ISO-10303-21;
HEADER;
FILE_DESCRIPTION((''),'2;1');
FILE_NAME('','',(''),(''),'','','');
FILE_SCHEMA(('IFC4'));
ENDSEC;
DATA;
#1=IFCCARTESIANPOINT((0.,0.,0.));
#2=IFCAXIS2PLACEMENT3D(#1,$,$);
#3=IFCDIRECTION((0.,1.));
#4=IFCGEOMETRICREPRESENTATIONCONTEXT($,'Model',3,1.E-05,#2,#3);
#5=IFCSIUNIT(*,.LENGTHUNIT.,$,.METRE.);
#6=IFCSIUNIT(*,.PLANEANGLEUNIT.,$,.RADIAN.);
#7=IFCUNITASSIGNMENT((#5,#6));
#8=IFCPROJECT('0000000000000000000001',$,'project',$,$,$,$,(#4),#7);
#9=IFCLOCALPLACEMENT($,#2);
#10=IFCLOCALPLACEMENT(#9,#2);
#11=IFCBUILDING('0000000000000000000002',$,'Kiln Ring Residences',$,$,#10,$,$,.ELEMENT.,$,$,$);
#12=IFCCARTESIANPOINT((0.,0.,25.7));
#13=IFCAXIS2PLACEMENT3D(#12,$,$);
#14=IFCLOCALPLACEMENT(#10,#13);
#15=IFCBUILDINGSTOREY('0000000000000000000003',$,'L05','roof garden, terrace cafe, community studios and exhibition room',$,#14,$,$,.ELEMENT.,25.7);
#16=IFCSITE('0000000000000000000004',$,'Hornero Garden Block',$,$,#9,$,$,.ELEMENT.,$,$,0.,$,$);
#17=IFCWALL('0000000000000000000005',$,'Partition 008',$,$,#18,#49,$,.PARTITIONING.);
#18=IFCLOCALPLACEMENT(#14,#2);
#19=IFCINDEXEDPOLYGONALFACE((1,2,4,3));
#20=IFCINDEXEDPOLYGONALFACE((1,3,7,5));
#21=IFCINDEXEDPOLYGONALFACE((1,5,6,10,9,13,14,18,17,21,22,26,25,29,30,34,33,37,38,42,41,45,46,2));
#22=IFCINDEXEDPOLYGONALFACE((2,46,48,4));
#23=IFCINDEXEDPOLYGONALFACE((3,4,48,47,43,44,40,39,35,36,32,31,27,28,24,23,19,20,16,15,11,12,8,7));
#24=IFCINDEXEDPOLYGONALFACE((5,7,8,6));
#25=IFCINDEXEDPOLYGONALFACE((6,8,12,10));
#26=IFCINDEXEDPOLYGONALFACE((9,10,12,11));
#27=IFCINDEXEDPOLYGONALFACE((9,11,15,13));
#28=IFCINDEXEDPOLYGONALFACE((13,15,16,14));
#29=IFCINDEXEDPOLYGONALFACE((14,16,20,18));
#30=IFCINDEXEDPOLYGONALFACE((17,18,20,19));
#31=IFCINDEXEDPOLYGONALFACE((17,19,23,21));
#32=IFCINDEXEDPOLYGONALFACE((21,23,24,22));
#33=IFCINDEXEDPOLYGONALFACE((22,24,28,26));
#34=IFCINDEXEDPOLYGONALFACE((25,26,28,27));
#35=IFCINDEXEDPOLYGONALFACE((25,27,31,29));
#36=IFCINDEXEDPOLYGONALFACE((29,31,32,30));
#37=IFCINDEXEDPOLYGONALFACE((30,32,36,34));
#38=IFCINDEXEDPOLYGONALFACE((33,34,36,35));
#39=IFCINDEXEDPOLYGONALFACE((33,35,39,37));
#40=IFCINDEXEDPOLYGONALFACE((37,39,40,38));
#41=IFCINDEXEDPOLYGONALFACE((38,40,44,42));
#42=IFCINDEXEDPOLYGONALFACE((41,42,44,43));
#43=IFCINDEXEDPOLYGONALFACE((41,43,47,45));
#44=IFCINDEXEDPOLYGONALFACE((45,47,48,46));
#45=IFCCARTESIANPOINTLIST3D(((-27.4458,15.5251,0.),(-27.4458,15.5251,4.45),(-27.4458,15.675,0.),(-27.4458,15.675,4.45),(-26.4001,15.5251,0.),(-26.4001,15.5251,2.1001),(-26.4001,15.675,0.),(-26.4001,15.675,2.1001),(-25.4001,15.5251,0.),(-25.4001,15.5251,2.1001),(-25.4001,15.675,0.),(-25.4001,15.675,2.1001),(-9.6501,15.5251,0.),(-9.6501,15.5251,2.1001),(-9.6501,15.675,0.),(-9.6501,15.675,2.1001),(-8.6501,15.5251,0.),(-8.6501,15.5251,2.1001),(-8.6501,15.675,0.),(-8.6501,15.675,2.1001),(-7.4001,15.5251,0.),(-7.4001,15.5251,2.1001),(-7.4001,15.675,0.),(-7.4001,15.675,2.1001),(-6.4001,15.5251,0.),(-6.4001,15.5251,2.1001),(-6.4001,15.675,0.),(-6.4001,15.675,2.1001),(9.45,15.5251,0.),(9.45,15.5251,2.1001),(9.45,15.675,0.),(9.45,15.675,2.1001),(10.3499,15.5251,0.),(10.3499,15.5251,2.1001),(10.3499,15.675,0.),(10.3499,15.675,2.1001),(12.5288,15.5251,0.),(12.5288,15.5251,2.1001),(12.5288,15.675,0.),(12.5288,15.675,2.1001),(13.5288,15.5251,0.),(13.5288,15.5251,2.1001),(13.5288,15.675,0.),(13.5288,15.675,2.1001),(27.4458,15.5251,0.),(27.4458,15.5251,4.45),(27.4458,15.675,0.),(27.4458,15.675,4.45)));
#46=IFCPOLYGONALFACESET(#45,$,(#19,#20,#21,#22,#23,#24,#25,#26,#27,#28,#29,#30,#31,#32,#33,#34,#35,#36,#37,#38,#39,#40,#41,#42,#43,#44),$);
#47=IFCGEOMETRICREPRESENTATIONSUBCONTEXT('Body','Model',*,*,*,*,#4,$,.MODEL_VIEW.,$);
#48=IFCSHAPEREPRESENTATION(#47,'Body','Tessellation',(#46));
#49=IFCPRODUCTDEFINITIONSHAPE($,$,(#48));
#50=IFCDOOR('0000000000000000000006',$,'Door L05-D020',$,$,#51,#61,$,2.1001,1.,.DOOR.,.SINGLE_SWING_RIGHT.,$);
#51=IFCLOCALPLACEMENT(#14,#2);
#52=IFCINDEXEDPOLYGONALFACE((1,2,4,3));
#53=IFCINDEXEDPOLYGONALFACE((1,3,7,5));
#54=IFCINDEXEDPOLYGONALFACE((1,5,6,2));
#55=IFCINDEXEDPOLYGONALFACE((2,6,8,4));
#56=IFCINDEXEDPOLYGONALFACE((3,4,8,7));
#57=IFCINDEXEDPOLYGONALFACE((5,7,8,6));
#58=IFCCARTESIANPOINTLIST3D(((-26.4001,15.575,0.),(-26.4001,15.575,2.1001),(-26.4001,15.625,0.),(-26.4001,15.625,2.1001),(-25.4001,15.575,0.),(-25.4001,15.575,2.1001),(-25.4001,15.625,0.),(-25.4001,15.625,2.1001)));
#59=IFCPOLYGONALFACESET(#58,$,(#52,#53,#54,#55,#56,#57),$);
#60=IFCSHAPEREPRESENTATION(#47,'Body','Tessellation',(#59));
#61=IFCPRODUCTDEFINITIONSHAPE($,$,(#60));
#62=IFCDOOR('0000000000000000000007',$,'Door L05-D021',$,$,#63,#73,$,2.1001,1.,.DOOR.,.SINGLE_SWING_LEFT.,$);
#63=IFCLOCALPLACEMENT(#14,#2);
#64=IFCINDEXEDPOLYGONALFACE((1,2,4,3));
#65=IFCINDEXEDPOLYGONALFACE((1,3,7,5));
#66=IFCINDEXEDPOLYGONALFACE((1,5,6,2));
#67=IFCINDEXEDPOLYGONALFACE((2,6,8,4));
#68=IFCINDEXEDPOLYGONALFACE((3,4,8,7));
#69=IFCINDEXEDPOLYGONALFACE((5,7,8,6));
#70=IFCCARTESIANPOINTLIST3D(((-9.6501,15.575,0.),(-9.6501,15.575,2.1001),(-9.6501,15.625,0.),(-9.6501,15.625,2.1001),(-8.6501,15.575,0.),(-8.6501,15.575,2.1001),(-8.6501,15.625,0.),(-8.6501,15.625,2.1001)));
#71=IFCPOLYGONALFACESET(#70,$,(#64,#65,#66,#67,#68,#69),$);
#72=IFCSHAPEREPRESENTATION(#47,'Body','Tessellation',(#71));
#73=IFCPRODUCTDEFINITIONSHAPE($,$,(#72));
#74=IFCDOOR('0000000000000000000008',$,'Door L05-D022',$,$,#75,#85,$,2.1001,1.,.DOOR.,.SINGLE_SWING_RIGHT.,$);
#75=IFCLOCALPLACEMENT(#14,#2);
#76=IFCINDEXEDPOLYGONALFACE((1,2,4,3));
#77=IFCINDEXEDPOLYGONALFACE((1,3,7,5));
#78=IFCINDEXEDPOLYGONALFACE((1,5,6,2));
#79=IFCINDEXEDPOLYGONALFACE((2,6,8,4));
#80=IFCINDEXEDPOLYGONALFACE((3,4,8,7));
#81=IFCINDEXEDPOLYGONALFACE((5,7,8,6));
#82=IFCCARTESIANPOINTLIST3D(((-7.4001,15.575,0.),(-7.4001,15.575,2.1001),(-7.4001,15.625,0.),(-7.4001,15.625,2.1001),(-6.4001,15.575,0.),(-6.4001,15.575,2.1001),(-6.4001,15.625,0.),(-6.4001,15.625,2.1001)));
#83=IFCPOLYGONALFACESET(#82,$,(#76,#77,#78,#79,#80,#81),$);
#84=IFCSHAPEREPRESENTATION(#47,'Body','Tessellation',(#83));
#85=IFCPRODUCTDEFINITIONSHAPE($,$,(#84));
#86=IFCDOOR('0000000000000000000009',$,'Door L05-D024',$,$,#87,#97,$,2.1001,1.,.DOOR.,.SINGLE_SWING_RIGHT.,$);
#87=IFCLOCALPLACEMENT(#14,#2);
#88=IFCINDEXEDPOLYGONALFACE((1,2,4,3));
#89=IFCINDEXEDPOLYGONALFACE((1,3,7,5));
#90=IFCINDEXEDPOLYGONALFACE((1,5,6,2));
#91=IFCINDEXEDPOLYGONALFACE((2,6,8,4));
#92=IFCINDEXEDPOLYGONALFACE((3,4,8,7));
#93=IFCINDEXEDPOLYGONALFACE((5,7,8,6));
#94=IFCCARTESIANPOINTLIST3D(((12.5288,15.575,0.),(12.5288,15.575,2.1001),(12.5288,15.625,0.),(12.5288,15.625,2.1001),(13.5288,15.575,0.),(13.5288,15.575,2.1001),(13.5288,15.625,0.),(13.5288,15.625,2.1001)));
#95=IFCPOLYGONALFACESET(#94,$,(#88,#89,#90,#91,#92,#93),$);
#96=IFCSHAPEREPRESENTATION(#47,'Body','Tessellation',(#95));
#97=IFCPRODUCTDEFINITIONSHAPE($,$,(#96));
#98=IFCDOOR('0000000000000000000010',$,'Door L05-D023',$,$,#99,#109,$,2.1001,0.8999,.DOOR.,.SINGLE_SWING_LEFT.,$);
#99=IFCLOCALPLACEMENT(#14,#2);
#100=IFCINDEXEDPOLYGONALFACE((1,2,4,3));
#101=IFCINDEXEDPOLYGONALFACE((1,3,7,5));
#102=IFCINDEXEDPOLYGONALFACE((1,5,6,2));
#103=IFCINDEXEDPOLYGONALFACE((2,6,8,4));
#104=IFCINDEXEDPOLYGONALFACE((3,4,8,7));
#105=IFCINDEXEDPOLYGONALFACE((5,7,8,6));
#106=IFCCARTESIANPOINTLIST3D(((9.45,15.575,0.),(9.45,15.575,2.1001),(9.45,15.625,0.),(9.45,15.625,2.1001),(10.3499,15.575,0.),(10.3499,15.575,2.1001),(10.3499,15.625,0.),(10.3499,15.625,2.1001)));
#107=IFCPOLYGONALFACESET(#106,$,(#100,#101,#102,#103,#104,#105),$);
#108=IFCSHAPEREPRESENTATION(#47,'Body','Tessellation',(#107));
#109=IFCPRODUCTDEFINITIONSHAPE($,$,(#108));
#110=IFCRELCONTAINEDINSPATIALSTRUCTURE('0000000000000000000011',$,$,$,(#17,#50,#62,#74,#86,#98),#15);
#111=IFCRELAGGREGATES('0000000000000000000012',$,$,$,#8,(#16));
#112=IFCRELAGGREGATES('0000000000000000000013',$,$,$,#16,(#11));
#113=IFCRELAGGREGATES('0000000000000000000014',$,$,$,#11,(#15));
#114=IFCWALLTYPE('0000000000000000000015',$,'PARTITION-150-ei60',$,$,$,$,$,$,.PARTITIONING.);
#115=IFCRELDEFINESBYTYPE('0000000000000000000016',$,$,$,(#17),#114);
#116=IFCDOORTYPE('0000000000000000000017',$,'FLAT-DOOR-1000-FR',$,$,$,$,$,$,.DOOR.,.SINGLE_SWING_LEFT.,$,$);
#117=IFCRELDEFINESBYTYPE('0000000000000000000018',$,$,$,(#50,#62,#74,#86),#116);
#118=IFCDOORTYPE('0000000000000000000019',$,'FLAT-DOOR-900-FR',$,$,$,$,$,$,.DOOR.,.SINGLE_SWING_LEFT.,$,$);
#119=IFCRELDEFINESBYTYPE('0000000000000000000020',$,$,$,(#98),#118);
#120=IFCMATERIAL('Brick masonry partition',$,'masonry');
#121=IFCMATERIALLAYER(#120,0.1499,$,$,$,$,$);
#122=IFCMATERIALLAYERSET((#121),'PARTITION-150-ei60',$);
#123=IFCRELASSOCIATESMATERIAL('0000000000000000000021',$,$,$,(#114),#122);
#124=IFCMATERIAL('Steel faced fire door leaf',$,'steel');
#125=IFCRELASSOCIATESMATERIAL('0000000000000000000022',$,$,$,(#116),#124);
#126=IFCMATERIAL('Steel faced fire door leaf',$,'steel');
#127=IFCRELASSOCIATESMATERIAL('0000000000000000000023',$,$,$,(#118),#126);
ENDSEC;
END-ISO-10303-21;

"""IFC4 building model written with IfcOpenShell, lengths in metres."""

from ifc_helpers import new_model, si_unit, direction, frame, frame_2d, origin, place, context, subcontext, project, spatial, rectangle, extrude, material, layer, layer_set, type_object, element, fill, save


model = new_model("IFC4")

# Units and contexts
model_context = context("Model", 3, precision=1e-05, world=origin(), true_north=direction((0.0, 1.0)))
body_context = subcontext(model_context, "Body", "Model", "MODEL_VIEW")
ifc_project = project(units=[si_unit("LENGTHUNIT", "METRE"), si_unit("PLANEANGLEUNIT", "RADIAN")], contexts=[model_context])

# Site, building, storey
site_placement = place(None, origin())
site = spatial("IfcSite", under=ifc_project, at=site_placement, Name="Hornero Garden Block", CompositionType="ELEMENT", RefElevation=0.0)
building_placement = place(site_placement, origin())
building = spatial("IfcBuilding", under=site, at=building_placement, Name="Kiln Ring Residences", CompositionType="ELEMENT")
storey_placement = place(building_placement, frame((0.0, 0.0, 25.7)))
storey = spatial("IfcBuildingStorey", under=building, at=storey_placement, Name="L05", Description="roof garden, terrace cafe, community studios and exhibition room", CompositionType="ELEMENT", Elevation=25.7)

# Wall, openings, doors
ifc_material_1 = material(Name="Brick masonry partition", Category="masonry")
ifc_layer_1 = layer(ifc_material_1, 0.1499)
ifc_layer_set_1 = layer_set([ifc_layer_1], Name="PARTITION-150-ei60")
wall_type_1 = type_object("IfcWallType", Name="PARTITION-150-ei60", PredefinedType="PARTITIONING", material=ifc_layer_set_1)
wall_1_placement = place(storey_placement, frame((-27.4458, 15.6001, 0.0), z_axis=(0.0, 0.0, 1.0), x_axis=(1.0, 0.0, 0.0)))
wall_1 = element("IfcWall", 1, at=wall_1_placement, inside=storey, type_object=wall_type_1, Name="Partition 008", PredefinedType="PARTITIONING", context=body_context, shape_type="SweptSolid", body=[
    extrude(rectangle(XDim=54.8916, YDim=0.1499, at=frame_2d((27.4458, 0.0))), origin(), (0.0, 0.0, 1.0), 4.45),
])
opening_1_placement = place(wall_1_placement, frame((1.0457, 0.0, 0.0)))
opening_1 = element("IfcOpeningElement", 2, at=opening_1_placement, cuts=wall_1, PredefinedType="OPENING", context=body_context, shape_type="SweptSolid", body=[
    extrude(rectangle(XDim=1.0, YDim=2.1001, at=frame_2d((0.5, 1.05))), frame((0.0, 0.085, 0.0), z_axis=(0.0, -1.0, 0.0), x_axis=(1.0, 0.0, 0.0)), (0.0, 0.0, 1.0), 0.1699),
])
opening_2_placement = place(wall_1_placement, frame((17.7957, 0.0, 0.0)))
opening_2 = element("IfcOpeningElement", 3, at=opening_2_placement, cuts=wall_1, PredefinedType="OPENING", context=body_context, shape_type="SweptSolid", body=[
    extrude(rectangle(XDim=1.0, YDim=2.1001, at=frame_2d((0.5, 1.05))), frame((0.0, 0.085, 0.0), z_axis=(0.0, -1.0, 0.0), x_axis=(1.0, 0.0, 0.0)), (0.0, 0.0, 1.0), 0.1699),
])
opening_3_placement = place(wall_1_placement, frame((20.0457, 0.0, 0.0)))
opening_3 = element("IfcOpeningElement", 4, at=opening_3_placement, cuts=wall_1, PredefinedType="OPENING", context=body_context, shape_type="SweptSolid", body=[
    extrude(rectangle(XDim=1.0, YDim=2.1001, at=frame_2d((0.5, 1.05))), frame((0.0, 0.085, 0.0), z_axis=(0.0, -1.0, 0.0), x_axis=(1.0, 0.0, 0.0)), (0.0, 0.0, 1.0), 0.1699),
])
opening_4_placement = place(wall_1_placement, frame((36.8958, 0.0, 0.0)))
opening_4 = element("IfcOpeningElement", 5, at=opening_4_placement, cuts=wall_1, PredefinedType="OPENING", context=body_context, shape_type="SweptSolid", body=[
    extrude(rectangle(XDim=0.8999, YDim=2.1001, at=frame_2d((0.45, 1.05))), frame((0.0, 0.085, 0.0), z_axis=(0.0, -1.0, 0.0), x_axis=(1.0, 0.0, 0.0)), (0.0, 0.0, 1.0), 0.1699),
])
opening_5_placement = place(wall_1_placement, frame((39.9746, 0.0, 0.0)))
opening_5 = element("IfcOpeningElement", 6, at=opening_5_placement, cuts=wall_1, PredefinedType="OPENING", context=body_context, shape_type="SweptSolid", body=[
    extrude(rectangle(XDim=1.0, YDim=2.1001, at=frame_2d((0.5, 1.05))), frame((0.0, 0.085, 0.0), z_axis=(0.0, -1.0, 0.0), x_axis=(1.0, 0.0, 0.0)), (0.0, 0.0, 1.0), 0.1699),
])
ifc_material_2 = material(Name="Steel faced fire door leaf", Category="steel")
door_type_1 = type_object("IfcDoorType", Name="FLAT-DOOR-1000-FR", OperationType="SINGLE_SWING_LEFT", PredefinedType="DOOR", material=ifc_material_2)
door_1_placement = place(opening_1_placement, origin())
door_1 = element("IfcDoor", 7, at=door_1_placement, inside=storey, type_object=door_type_1, Name="Door L05-D020", OperationType="SINGLE_SWING_RIGHT", OverallHeight=2.1001, OverallWidth=1.0, PredefinedType="DOOR", context=body_context, shape_type="SweptSolid", body=[
    extrude(rectangle(XDim=1.0, YDim=2.1001, at=frame_2d((0.5, 1.05))), frame((0.0, 0.0249, 0.0), z_axis=(0.0, -1.0, 0.0), x_axis=(1.0, 0.0, 0.0)), (0.0, 0.0, 1.0), 0.05),
])
fill(opening_1, door_1)
door_2_placement = place(opening_2_placement, origin())
door_2 = element("IfcDoor", 8, at=door_2_placement, inside=storey, type_object=door_type_1, Name="Door L05-D021", OperationType="SINGLE_SWING_LEFT", OverallHeight=2.1001, OverallWidth=1.0, PredefinedType="DOOR", context=body_context, shape_type="SweptSolid", body=[
    extrude(rectangle(XDim=1.0, YDim=2.1001, at=frame_2d((0.5, 1.05))), frame((0.0, 0.0249, 0.0), z_axis=(0.0, -1.0, 0.0), x_axis=(1.0, 0.0, 0.0)), (0.0, 0.0, 1.0), 0.05),
])
fill(opening_2, door_2)
door_3_placement = place(opening_3_placement, origin())
door_3 = element("IfcDoor", 9, at=door_3_placement, inside=storey, type_object=door_type_1, Name="Door L05-D022", OperationType="SINGLE_SWING_RIGHT", OverallHeight=2.1001, OverallWidth=1.0, PredefinedType="DOOR", context=body_context, shape_type="SweptSolid", body=[
    extrude(rectangle(XDim=1.0, YDim=2.1001, at=frame_2d((0.5, 1.05))), frame((0.0, 0.0249, 0.0), z_axis=(0.0, -1.0, 0.0), x_axis=(1.0, 0.0, 0.0)), (0.0, 0.0, 1.0), 0.05),
])
fill(opening_3, door_3)
door_4_placement = place(opening_5_placement, origin())
door_4 = element("IfcDoor", 10, at=door_4_placement, inside=storey, type_object=door_type_1, Name="Door L05-D024", OperationType="SINGLE_SWING_RIGHT", OverallHeight=2.1001, OverallWidth=1.0, PredefinedType="DOOR", context=body_context, shape_type="SweptSolid", body=[
    extrude(rectangle(XDim=1.0, YDim=2.1001, at=frame_2d((0.5, 1.05))), frame((0.0, 0.0249, 0.0), z_axis=(0.0, -1.0, 0.0), x_axis=(1.0, 0.0, 0.0)), (0.0, 0.0, 1.0), 0.05),
])
fill(opening_5, door_4)
ifc_material_3 = material(Name="Steel faced fire door leaf", Category="steel")
door_type_2 = type_object("IfcDoorType", Name="FLAT-DOOR-900-FR", OperationType="SINGLE_SWING_LEFT", PredefinedType="DOOR", material=ifc_material_3)
door_5_placement = place(opening_4_placement, origin())
door_5 = element("IfcDoor", 11, at=door_5_placement, inside=storey, type_object=door_type_2, Name="Door L05-D023", OperationType="SINGLE_SWING_LEFT", OverallHeight=2.1001, OverallWidth=0.8999, PredefinedType="DOOR", context=body_context, shape_type="SweptSolid", body=[
    extrude(rectangle(XDim=0.8999, YDim=2.1001, at=frame_2d((0.45, 1.05))), frame((0.0, 0.0249, 0.0), z_axis=(0.0, -1.0, 0.0), x_axis=(1.0, 0.0, 0.0)), (0.0, 0.0, 1.0), 0.05),
])
fill(opening_4, door_5)

save(model, "model.ifc")
